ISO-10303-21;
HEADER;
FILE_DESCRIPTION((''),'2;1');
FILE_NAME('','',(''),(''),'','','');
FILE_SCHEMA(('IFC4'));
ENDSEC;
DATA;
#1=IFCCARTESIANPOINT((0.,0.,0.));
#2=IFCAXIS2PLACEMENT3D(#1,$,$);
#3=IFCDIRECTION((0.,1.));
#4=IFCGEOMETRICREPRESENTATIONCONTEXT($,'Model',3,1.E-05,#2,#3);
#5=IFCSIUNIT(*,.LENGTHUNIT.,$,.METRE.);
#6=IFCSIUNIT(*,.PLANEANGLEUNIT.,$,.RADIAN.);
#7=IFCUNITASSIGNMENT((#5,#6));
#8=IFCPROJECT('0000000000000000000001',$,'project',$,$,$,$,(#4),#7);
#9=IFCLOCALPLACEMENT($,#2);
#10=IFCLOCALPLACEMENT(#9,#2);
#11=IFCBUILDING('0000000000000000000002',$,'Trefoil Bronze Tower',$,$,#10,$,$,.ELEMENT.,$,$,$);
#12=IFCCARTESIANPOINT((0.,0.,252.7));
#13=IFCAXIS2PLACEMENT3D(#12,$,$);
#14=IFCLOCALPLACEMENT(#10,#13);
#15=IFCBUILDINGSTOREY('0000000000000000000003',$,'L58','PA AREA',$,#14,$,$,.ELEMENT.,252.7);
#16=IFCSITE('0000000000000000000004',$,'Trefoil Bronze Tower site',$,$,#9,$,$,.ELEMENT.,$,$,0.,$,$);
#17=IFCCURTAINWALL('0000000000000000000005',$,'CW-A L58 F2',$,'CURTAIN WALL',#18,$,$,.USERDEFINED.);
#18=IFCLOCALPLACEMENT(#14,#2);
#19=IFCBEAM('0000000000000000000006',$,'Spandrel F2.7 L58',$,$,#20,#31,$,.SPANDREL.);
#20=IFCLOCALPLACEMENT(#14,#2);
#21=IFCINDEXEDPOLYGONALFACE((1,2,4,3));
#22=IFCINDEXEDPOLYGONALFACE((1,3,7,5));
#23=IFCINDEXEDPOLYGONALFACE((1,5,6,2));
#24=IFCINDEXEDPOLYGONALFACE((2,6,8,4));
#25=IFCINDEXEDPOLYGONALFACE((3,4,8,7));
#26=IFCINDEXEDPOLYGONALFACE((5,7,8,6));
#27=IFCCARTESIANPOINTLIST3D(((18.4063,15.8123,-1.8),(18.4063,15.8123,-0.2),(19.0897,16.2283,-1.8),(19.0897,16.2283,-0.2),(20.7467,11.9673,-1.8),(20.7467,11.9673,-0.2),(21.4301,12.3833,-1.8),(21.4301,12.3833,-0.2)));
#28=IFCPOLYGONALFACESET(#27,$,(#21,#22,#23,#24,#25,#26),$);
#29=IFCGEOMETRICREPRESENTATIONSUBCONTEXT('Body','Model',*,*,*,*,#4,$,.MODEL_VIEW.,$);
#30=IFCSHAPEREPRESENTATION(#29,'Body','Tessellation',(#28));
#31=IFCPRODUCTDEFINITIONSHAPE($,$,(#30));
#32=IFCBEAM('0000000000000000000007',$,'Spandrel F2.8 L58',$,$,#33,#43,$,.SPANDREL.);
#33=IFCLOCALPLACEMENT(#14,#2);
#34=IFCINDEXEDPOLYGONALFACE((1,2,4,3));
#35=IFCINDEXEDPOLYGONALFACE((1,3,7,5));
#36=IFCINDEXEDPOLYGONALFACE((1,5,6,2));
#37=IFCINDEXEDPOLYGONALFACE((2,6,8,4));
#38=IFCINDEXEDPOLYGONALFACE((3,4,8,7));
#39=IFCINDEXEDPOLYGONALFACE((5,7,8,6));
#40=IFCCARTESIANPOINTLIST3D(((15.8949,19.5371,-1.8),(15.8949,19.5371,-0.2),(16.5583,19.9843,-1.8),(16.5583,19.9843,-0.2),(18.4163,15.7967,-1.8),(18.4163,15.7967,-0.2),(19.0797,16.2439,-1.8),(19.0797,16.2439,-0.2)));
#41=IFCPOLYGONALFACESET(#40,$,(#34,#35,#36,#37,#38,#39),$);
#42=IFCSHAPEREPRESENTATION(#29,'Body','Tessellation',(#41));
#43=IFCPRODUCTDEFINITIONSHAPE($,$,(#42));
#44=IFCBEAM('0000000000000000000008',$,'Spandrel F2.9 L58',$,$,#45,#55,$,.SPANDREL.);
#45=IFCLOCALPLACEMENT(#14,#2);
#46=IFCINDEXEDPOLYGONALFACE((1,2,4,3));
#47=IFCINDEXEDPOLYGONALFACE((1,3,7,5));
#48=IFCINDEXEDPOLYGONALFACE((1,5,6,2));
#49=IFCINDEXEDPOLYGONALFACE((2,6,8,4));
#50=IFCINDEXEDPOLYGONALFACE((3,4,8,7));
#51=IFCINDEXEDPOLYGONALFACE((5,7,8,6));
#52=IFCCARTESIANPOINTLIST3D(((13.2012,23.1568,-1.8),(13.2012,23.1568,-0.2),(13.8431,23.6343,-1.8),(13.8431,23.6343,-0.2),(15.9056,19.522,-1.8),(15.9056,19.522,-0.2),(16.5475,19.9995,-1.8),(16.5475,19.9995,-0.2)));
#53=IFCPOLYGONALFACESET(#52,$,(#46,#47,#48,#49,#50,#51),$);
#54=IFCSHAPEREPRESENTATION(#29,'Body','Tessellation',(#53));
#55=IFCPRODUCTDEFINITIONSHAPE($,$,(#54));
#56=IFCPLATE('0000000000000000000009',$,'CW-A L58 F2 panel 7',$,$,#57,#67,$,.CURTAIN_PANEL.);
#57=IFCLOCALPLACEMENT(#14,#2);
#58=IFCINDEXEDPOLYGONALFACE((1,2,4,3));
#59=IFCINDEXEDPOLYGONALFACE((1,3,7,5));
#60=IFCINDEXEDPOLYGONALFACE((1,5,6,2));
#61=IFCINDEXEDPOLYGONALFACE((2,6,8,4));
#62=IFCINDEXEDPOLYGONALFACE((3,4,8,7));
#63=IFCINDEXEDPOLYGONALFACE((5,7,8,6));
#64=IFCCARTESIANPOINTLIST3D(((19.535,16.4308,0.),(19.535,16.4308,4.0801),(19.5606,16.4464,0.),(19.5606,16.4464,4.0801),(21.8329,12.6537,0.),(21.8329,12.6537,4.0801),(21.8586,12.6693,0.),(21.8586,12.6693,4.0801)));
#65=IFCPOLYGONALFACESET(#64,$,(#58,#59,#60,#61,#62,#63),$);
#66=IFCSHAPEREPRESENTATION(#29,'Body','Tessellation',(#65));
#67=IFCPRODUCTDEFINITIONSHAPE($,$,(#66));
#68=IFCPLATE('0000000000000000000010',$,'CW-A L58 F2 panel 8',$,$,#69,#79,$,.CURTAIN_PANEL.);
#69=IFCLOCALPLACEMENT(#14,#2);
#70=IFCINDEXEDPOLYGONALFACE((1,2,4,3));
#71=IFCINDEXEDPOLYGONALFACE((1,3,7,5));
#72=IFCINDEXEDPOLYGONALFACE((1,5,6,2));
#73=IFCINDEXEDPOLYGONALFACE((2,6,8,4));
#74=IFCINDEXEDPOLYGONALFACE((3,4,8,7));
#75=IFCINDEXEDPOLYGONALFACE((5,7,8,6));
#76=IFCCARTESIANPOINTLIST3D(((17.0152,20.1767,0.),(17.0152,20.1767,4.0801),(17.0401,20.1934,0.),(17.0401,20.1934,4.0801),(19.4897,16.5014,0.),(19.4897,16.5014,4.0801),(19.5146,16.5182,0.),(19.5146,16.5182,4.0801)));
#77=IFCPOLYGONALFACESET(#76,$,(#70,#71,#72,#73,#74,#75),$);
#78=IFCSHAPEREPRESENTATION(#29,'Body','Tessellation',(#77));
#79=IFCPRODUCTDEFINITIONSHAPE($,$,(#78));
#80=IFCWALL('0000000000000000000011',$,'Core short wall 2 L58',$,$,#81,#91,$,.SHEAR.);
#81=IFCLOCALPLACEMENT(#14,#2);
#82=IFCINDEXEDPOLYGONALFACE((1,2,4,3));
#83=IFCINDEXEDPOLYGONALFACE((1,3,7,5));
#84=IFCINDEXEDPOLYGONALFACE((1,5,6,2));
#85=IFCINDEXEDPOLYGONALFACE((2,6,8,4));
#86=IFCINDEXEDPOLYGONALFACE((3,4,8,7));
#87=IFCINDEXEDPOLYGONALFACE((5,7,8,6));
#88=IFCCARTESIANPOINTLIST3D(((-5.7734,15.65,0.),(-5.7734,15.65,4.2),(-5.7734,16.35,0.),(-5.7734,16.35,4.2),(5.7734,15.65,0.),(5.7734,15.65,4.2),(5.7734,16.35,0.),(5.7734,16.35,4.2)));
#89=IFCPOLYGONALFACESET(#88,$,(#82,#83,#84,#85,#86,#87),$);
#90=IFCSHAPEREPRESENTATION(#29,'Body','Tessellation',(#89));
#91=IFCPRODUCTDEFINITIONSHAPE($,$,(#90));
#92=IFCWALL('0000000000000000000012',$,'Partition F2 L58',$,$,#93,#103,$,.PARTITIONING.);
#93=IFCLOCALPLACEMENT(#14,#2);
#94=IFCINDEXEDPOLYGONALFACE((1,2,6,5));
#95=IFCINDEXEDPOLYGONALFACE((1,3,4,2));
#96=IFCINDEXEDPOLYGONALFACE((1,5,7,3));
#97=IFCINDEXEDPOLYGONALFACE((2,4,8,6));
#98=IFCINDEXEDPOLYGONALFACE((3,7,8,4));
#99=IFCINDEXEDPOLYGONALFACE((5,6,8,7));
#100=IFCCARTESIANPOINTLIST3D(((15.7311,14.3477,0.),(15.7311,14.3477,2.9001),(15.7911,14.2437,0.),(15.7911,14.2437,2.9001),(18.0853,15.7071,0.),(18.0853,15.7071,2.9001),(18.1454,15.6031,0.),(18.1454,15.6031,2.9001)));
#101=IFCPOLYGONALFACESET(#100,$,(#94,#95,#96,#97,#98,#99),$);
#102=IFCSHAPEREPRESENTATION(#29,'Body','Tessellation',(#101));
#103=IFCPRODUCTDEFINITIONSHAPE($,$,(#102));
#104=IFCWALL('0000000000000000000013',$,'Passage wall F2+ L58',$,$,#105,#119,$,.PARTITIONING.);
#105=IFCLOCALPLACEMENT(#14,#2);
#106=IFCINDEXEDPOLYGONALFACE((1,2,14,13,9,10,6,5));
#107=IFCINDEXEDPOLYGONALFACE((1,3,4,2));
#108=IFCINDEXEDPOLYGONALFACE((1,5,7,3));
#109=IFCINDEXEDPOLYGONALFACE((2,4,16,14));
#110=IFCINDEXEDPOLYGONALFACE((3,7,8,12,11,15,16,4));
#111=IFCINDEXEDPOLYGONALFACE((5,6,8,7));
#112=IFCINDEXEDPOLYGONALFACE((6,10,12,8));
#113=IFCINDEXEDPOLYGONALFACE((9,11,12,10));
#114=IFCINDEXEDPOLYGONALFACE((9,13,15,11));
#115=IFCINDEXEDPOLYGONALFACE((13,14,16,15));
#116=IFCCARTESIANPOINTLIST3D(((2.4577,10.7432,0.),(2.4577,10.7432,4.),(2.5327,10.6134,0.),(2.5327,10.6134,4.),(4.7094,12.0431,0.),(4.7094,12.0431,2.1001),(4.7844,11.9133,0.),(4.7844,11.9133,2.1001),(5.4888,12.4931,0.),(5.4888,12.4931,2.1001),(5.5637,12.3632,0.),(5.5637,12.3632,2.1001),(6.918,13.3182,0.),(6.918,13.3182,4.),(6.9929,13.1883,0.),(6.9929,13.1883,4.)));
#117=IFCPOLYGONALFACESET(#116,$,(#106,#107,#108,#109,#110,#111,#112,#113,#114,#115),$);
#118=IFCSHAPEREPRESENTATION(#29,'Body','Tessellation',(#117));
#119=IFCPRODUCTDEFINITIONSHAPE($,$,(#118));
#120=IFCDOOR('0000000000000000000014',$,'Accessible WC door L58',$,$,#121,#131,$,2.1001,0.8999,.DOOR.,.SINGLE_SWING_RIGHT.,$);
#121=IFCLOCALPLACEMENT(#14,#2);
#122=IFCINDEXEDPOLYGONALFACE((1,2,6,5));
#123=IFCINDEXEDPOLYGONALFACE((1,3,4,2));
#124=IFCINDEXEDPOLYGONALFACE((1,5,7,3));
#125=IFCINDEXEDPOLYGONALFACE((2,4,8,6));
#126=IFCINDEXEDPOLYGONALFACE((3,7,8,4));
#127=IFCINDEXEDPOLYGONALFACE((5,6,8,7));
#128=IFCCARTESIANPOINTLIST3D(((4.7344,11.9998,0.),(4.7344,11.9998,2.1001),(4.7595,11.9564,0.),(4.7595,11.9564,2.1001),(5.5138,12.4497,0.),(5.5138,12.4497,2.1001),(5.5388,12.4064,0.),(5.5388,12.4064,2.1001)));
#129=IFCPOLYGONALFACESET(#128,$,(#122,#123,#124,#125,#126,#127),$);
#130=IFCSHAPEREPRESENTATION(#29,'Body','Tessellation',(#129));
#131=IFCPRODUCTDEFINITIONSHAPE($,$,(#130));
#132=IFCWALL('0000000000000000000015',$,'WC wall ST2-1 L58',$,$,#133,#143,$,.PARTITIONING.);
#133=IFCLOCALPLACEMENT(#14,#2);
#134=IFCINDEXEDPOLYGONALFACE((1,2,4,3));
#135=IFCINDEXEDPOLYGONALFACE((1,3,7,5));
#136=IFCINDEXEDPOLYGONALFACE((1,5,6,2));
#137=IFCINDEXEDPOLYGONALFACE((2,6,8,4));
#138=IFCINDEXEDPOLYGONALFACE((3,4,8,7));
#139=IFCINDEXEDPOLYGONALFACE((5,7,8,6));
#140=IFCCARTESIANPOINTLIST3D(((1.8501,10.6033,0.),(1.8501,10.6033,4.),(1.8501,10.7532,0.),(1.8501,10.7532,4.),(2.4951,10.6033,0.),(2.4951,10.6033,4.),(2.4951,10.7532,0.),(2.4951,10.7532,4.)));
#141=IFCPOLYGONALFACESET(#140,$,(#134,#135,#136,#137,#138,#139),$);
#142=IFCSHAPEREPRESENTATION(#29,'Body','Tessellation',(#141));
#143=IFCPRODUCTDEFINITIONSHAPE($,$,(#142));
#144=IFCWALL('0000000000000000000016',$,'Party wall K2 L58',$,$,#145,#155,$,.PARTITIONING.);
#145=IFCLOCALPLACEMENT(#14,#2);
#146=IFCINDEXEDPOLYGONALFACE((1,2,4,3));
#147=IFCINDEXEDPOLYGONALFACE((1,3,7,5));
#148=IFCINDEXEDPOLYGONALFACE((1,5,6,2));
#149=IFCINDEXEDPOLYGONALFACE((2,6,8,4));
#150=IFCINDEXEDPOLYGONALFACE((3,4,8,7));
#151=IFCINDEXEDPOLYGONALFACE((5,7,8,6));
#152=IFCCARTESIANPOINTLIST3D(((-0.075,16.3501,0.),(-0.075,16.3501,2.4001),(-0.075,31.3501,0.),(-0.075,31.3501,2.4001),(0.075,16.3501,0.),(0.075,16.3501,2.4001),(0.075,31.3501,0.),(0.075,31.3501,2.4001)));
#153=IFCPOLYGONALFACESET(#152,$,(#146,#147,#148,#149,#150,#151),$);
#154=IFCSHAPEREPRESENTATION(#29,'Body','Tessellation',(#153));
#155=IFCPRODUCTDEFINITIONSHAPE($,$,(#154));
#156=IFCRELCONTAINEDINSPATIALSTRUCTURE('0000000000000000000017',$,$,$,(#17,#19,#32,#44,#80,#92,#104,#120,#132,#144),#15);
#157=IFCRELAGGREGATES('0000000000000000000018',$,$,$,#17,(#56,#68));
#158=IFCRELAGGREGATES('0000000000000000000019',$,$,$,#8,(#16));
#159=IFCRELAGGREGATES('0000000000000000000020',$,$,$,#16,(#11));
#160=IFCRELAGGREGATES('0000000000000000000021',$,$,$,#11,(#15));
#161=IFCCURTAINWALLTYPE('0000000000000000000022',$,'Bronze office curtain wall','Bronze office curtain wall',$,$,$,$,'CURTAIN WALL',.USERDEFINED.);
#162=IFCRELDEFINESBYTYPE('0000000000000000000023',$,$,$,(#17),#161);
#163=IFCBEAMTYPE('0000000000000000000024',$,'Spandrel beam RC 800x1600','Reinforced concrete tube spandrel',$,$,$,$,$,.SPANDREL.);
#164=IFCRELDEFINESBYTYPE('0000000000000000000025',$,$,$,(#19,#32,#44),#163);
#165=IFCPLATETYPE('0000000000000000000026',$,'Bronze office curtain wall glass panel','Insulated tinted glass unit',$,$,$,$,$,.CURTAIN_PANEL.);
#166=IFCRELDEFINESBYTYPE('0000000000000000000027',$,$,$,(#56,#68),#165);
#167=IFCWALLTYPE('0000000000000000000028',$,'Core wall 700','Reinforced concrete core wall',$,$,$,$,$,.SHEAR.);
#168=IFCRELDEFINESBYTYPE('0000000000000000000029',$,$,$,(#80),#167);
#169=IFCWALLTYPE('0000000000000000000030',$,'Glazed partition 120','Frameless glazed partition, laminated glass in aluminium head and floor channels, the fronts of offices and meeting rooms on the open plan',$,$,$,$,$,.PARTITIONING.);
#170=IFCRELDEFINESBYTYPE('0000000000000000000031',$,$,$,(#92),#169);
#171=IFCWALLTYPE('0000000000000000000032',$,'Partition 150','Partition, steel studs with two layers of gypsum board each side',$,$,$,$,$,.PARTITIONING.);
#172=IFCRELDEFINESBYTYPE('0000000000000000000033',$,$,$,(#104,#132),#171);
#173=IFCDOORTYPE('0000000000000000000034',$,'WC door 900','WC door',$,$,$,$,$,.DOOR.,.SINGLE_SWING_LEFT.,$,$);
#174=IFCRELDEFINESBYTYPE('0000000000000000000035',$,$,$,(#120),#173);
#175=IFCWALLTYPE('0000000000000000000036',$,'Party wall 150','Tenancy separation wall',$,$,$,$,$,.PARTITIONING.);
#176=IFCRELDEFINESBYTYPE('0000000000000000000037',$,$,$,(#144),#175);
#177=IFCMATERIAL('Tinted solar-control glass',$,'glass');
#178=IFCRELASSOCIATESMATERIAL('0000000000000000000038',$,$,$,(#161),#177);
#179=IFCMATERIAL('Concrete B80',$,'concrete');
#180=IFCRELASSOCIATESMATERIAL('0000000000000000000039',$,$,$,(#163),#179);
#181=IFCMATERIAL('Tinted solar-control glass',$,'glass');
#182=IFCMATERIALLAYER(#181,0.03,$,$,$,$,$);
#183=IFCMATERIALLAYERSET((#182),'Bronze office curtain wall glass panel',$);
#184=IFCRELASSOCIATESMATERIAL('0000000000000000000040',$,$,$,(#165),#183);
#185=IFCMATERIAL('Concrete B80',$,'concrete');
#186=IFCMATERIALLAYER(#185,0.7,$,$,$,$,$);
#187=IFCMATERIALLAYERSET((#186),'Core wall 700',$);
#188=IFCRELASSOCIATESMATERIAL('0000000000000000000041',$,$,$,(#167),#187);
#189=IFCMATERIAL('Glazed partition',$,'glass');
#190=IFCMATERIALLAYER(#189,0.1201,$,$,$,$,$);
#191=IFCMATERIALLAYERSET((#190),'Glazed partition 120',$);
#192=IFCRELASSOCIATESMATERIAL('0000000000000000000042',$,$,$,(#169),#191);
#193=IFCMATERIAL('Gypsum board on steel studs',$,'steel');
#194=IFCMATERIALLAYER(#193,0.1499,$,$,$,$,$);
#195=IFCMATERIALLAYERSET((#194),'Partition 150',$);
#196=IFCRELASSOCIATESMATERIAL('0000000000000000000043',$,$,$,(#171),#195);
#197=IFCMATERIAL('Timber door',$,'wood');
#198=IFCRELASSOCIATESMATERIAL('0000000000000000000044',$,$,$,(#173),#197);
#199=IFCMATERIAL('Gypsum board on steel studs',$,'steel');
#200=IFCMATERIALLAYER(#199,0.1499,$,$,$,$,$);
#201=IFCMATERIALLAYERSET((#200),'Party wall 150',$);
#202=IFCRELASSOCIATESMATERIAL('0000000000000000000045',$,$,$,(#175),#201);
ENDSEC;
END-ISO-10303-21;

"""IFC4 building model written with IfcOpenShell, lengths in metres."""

from ifc_helpers import new_model, si_unit, direction, frame, frame_2d, origin, origin_2d, place, context, subcontext, project, spatial, rectangle, extrude, material, layer, layer_set, material_profile, profile_set, type_object, element, fill, aggregate, save


model = new_model("IFC4")

# Units and contexts
model_context = context("Model", 3, precision=1e-05, world=origin(), true_north=direction((0.0, 1.0)))
body_context = subcontext(model_context, "Body", "Model", "MODEL_VIEW")
ifc_project = project(units=[si_unit("LENGTHUNIT", "METRE"), si_unit("PLANEANGLEUNIT", "RADIAN")], contexts=[model_context])

# Site, building, storey
site_placement = place(None, origin())
site = spatial("IfcSite", under=ifc_project, at=site_placement, Name="Trefoil Bronze Tower site", CompositionType="ELEMENT", RefElevation=0.0)
building_placement = place(site_placement, origin())
building = spatial("IfcBuilding", under=site, at=building_placement, Name="Trefoil Bronze Tower", CompositionType="ELEMENT")
storey_placement = place(building_placement, frame((0.0, 0.0, 252.7)))
storey = spatial("IfcBuildingStorey", under=building, at=storey_placement, Name="L58", Description="PA AREA", CompositionType="ELEMENT", Elevation=252.7)

# Curtain wall
ifc_material_1 = material(Name="Tinted solar-control glass", Category="glass")
curtain_wall_type = type_object("IfcCurtainWallType", Name="Bronze office curtain wall", Description="Bronze office curtain wall", ElementType="CURTAIN WALL", PredefinedType="USERDEFINED", material=ifc_material_1)
curtain_wall_placement = place(storey_placement, origin())
curtain_wall = element("IfcCurtainWall", 1, at=curtain_wall_placement, inside=storey, type_object=curtain_wall_type, Name="CW-A L58 F2", ObjectType="CURTAIN WALL", PredefinedType="USERDEFINED")

# Beams
ifc_material_2 = material(Name="Concrete B80", Category="concrete")
ifc_material_profile_1 = material_profile(ifc_material_2, rectangle(XDim=0.8, YDim=1.6001, at=origin_2d()), Name="RC 800x1600")
ifc_profile_set_1 = profile_set([ifc_material_profile_1], Name="Concrete B80")
beam_type_1 = type_object("IfcBeamType", Name="Spandrel beam RC 800x1600", Description="Reinforced concrete tube spandrel", PredefinedType="SPANDREL", material=ifc_profile_set_1)
beam_1_placement = place(storey_placement, frame((21.0884, 12.1753, -1.0), z_axis=(-0.519933, 0.854207, 0.0), x_axis=(-0.854207, -0.519933, 0.0)))
element("IfcBeam", 2, at=beam_1_placement, inside=storey, type_object=beam_type_1, Name="Spandrel F2.7 L58", PredefinedType="SPANDREL", context=body_context, shape_type="SweptSolid", body=[
    extrude(rectangle(XDim=0.8, YDim=1.6001, at=origin_2d()), origin(), (0.0, 0.0, 1.0), 4.5012),
])
beam_2_placement = place(storey_placement, frame((18.748, 16.0203, -1.0), z_axis=(-0.558964, 0.829192, 0.0), x_axis=(-0.829192, -0.558964, 0.0)))
element("IfcBeam", 3, at=beam_2_placement, inside=storey, type_object=beam_type_1, Name="Spandrel F2.8 L58", PredefinedType="SPANDREL", context=body_context, shape_type="SweptSolid", body=[
    extrude(rectangle(XDim=0.8, YDim=1.6001, at=origin_2d()), origin(), (0.0, 0.0, 1.0), 4.511),
])
beam_3_placement = place(storey_placement, frame((16.2266, 19.7607, -1.0), z_axis=(-0.596926, 0.802296, 0.0), x_axis=(-0.802296, -0.596926, 0.0)))
element("IfcBeam", 4, at=beam_3_placement, inside=storey, type_object=beam_type_1, Name="Spandrel F2.9 L58", PredefinedType="SPANDREL", context=body_context, shape_type="SweptSolid", body=[
    extrude(rectangle(XDim=0.8, YDim=1.6001, at=origin_2d()), origin(), (0.0, 0.0, 1.0), 4.5305),
])

# Plates
ifc_material_3 = material(Name="Tinted solar-control glass", Category="glass")
ifc_layer_1 = layer(ifc_material_3, 0.03)
ifc_layer_set_1 = layer_set([ifc_layer_1], Name="Bronze office curtain wall glass panel")
plate_type = type_object("IfcPlateType", Name="Bronze office curtain wall glass panel", Description="Insulated tinted glass unit", PredefinedType="CURTAIN_PANEL", material=ifc_layer_set_1)
plate_1_placement = place(storey_placement, frame((20.6968, 14.55, 0.0), z_axis=(0.0, 0.0, 1.0), x_axis=(-0.519762, 0.854311, 0.0)))
plate_1 = element("IfcPlate", 5, at=plate_1_placement, type_object=plate_type, Name="CW-A L58 F2 panel 7", PredefinedType="CURTAIN_PANEL", context=body_context, shape_type="SweptSolid", body=[
    extrude(rectangle(XDim=4.4211, YDim=0.03, at=origin_2d()), origin(), (0.0, 0.0, 1.0), 4.0801),
])
plate_2_placement = place(storey_placement, frame((18.2649, 18.3474, 0.0), z_axis=(0.0, 0.0, 1.0), x_axis=(-0.558493, 0.829509, 0.0)))
plate_2 = element("IfcPlate", 6, at=plate_2_placement, type_object=plate_type, Name="CW-A L58 F2 panel 8", PredefinedType="CURTAIN_PANEL", context=body_context, shape_type="SweptSolid", body=[
    extrude(rectangle(XDim=4.4307, YDim=0.03, at=origin_2d()), origin(), (0.0, 0.0, 1.0), 4.0801),
])
aggregate(curtain_wall, [plate_1, plate_2])

# Walls
ifc_material_4 = material(Name="Concrete B80", Category="concrete")
ifc_layer_2 = layer(ifc_material_4, 0.7)
ifc_layer_set_2 = layer_set([ifc_layer_2], Name="Core wall 700")
wall_type_1 = type_object("IfcWallType", Name="Core wall 700", Description="Reinforced concrete core wall", PredefinedType="SHEAR", material=ifc_layer_set_2)
wall_1_placement = place(storey_placement, frame((5.7734, 16.0, 0.0), z_axis=(0.0, 0.0, 1.0), x_axis=(-1.0, 0.0, 0.0)))
element("IfcWall", 7, at=wall_1_placement, inside=storey, type_object=wall_type_1, Name="Core short wall 2 L58", PredefinedType="SHEAR", context=body_context, shape_type="SweptSolid", body=[
    extrude(rectangle(XDim=11.5469, YDim=0.7, at=frame_2d((5.7734, 0.0))), origin(), (0.0, 0.0, 1.0), 4.2),
])
ifc_material_5 = material(Name="Glazed partition", Category="glass")
ifc_layer_3 = layer(ifc_material_5, 0.1201)
ifc_layer_set_3 = layer_set([ifc_layer_3], Name="Glazed partition 120")
wall_type_2 = type_object("IfcWallType", Name="Glazed partition 120", Description="Frameless glazed partition, laminated glass in aluminium head and floor channels, the fronts of offices and meeting rooms on the open plan", PredefinedType="PARTITIONING", material=ifc_layer_set_3)
wall_2_placement = place(storey_placement, frame((15.761, 14.2957, 0.0), z_axis=(0.0, 0.0, 1.0), x_axis=(0.866002, 0.500041, 0.0)))
element("IfcWall", 8, at=wall_2_placement, inside=storey, type_object=wall_type_2, Name="Partition F2 L58", PredefinedType="PARTITIONING", context=body_context, shape_type="SweptSolid", body=[
    extrude(rectangle(XDim=2.7185, YDim=0.1201, at=frame_2d((1.3594, 0.0))), origin(), (0.0, 0.0, 1.0), 2.9001),
])

# Wall, opening, door
ifc_material_6 = material(Name="Gypsum board on steel studs", Category="steel")
ifc_layer_4 = layer(ifc_material_6, 0.1499)
ifc_layer_set_4 = layer_set([ifc_layer_4], Name="Partition 150")
wall_type_3 = type_object("IfcWallType", Name="Partition 150", Description="Partition, steel studs with two layers of gypsum board each side", PredefinedType="PARTITIONING", material=ifc_layer_set_4)
wall_3_placement = place(storey_placement, frame((2.4951, 10.6782, 0.0), z_axis=(0.0, 0.0, 1.0), x_axis=(0.866038, 0.499978, 0.0)))
wall_3 = element("IfcWall", 9, at=wall_3_placement, inside=storey, type_object=wall_type_3, Name="Passage wall F2+ L58", PredefinedType="PARTITIONING", context=body_context, shape_type="SweptSolid", body=[
    extrude(rectangle(XDim=5.1501, YDim=0.1499, at=frame_2d((2.5752, 0.0))), origin(), (0.0, 0.0, 1.0), 4.0),
])
opening_placement = place(wall_3_placement, frame((2.6001, 0.0, 0.0)))
opening = element("IfcOpeningElement", 10, at=opening_placement, cuts=wall_3, PredefinedType="OPENING", context=body_context, shape_type="SweptSolid", body=[
    extrude(rectangle(XDim=0.8999, YDim=2.1001, at=frame_2d((0.45, 1.05))), frame((0.0, 0.085, 0.0), z_axis=(0.0, -1.0, 0.0), x_axis=(1.0, 0.0, 0.0)), (0.0, 0.0, 1.0), 0.1699),
])
ifc_material_7 = material(Name="Timber door", Category="wood")
door_type = type_object("IfcDoorType", Name="WC door 900", Description="WC door", OperationType="SINGLE_SWING_LEFT", PredefinedType="DOOR", material=ifc_material_7)
door_placement = place(opening_placement, origin())
door = element("IfcDoor", 11, at=door_placement, inside=storey, type_object=door_type, Name="Accessible WC door L58", OperationType="SINGLE_SWING_RIGHT", OverallHeight=2.1001, OverallWidth=0.8999, PredefinedType="DOOR", context=body_context, shape_type="SweptSolid", body=[
    extrude(rectangle(XDim=0.8999, YDim=2.1001, at=frame_2d((0.45, 1.05))), frame((0.0, 0.0249, 0.0), z_axis=(0.0, -1.0, 0.0), x_axis=(1.0, 0.0, 0.0)), (0.0, 0.0, 1.0), 0.05),
])
fill(opening, door)

# Walls
wall_4_placement = place(storey_placement, frame((2.4951, 10.6782, 0.0), z_axis=(0.0, 0.0, 1.0), x_axis=(-1.0, 0.0, 0.0)))
element("IfcWall", 12, at=wall_4_placement, inside=storey, type_object=wall_type_3, Name="WC wall ST2-1 L58", PredefinedType="PARTITIONING", context=body_context, shape_type="SweptSolid", body=[
    extrude(rectangle(XDim=0.645, YDim=0.1499, at=frame_2d((0.3225, 0.0))), origin(), (0.0, 0.0, 1.0), 4.0),
])
ifc_material_8 = material(Name="Gypsum board on steel studs", Category="steel")
ifc_layer_5 = layer(ifc_material_8, 0.1499)
ifc_layer_set_5 = layer_set([ifc_layer_5], Name="Party wall 150")
wall_type_4 = type_object("IfcWallType", Name="Party wall 150", Description="Tenancy separation wall", PredefinedType="PARTITIONING", material=ifc_layer_set_5)
wall_5_placement = place(storey_placement, frame((0.0, 16.3501, 0.0), z_axis=(0.0, 0.0, 1.0), x_axis=(0.0, 1.0, 0.0)))
element("IfcWall", 13, at=wall_5_placement, inside=storey, type_object=wall_type_4, Name="Party wall K2 L58", PredefinedType="PARTITIONING", context=body_context, shape_type="SweptSolid", body=[
    extrude(rectangle(XDim=15.0, YDim=0.1499, at=frame_2d((7.5, 0.0))), origin(), (0.0, 0.0, 1.0), 2.4001),
])

save(model, "model.ifc")
